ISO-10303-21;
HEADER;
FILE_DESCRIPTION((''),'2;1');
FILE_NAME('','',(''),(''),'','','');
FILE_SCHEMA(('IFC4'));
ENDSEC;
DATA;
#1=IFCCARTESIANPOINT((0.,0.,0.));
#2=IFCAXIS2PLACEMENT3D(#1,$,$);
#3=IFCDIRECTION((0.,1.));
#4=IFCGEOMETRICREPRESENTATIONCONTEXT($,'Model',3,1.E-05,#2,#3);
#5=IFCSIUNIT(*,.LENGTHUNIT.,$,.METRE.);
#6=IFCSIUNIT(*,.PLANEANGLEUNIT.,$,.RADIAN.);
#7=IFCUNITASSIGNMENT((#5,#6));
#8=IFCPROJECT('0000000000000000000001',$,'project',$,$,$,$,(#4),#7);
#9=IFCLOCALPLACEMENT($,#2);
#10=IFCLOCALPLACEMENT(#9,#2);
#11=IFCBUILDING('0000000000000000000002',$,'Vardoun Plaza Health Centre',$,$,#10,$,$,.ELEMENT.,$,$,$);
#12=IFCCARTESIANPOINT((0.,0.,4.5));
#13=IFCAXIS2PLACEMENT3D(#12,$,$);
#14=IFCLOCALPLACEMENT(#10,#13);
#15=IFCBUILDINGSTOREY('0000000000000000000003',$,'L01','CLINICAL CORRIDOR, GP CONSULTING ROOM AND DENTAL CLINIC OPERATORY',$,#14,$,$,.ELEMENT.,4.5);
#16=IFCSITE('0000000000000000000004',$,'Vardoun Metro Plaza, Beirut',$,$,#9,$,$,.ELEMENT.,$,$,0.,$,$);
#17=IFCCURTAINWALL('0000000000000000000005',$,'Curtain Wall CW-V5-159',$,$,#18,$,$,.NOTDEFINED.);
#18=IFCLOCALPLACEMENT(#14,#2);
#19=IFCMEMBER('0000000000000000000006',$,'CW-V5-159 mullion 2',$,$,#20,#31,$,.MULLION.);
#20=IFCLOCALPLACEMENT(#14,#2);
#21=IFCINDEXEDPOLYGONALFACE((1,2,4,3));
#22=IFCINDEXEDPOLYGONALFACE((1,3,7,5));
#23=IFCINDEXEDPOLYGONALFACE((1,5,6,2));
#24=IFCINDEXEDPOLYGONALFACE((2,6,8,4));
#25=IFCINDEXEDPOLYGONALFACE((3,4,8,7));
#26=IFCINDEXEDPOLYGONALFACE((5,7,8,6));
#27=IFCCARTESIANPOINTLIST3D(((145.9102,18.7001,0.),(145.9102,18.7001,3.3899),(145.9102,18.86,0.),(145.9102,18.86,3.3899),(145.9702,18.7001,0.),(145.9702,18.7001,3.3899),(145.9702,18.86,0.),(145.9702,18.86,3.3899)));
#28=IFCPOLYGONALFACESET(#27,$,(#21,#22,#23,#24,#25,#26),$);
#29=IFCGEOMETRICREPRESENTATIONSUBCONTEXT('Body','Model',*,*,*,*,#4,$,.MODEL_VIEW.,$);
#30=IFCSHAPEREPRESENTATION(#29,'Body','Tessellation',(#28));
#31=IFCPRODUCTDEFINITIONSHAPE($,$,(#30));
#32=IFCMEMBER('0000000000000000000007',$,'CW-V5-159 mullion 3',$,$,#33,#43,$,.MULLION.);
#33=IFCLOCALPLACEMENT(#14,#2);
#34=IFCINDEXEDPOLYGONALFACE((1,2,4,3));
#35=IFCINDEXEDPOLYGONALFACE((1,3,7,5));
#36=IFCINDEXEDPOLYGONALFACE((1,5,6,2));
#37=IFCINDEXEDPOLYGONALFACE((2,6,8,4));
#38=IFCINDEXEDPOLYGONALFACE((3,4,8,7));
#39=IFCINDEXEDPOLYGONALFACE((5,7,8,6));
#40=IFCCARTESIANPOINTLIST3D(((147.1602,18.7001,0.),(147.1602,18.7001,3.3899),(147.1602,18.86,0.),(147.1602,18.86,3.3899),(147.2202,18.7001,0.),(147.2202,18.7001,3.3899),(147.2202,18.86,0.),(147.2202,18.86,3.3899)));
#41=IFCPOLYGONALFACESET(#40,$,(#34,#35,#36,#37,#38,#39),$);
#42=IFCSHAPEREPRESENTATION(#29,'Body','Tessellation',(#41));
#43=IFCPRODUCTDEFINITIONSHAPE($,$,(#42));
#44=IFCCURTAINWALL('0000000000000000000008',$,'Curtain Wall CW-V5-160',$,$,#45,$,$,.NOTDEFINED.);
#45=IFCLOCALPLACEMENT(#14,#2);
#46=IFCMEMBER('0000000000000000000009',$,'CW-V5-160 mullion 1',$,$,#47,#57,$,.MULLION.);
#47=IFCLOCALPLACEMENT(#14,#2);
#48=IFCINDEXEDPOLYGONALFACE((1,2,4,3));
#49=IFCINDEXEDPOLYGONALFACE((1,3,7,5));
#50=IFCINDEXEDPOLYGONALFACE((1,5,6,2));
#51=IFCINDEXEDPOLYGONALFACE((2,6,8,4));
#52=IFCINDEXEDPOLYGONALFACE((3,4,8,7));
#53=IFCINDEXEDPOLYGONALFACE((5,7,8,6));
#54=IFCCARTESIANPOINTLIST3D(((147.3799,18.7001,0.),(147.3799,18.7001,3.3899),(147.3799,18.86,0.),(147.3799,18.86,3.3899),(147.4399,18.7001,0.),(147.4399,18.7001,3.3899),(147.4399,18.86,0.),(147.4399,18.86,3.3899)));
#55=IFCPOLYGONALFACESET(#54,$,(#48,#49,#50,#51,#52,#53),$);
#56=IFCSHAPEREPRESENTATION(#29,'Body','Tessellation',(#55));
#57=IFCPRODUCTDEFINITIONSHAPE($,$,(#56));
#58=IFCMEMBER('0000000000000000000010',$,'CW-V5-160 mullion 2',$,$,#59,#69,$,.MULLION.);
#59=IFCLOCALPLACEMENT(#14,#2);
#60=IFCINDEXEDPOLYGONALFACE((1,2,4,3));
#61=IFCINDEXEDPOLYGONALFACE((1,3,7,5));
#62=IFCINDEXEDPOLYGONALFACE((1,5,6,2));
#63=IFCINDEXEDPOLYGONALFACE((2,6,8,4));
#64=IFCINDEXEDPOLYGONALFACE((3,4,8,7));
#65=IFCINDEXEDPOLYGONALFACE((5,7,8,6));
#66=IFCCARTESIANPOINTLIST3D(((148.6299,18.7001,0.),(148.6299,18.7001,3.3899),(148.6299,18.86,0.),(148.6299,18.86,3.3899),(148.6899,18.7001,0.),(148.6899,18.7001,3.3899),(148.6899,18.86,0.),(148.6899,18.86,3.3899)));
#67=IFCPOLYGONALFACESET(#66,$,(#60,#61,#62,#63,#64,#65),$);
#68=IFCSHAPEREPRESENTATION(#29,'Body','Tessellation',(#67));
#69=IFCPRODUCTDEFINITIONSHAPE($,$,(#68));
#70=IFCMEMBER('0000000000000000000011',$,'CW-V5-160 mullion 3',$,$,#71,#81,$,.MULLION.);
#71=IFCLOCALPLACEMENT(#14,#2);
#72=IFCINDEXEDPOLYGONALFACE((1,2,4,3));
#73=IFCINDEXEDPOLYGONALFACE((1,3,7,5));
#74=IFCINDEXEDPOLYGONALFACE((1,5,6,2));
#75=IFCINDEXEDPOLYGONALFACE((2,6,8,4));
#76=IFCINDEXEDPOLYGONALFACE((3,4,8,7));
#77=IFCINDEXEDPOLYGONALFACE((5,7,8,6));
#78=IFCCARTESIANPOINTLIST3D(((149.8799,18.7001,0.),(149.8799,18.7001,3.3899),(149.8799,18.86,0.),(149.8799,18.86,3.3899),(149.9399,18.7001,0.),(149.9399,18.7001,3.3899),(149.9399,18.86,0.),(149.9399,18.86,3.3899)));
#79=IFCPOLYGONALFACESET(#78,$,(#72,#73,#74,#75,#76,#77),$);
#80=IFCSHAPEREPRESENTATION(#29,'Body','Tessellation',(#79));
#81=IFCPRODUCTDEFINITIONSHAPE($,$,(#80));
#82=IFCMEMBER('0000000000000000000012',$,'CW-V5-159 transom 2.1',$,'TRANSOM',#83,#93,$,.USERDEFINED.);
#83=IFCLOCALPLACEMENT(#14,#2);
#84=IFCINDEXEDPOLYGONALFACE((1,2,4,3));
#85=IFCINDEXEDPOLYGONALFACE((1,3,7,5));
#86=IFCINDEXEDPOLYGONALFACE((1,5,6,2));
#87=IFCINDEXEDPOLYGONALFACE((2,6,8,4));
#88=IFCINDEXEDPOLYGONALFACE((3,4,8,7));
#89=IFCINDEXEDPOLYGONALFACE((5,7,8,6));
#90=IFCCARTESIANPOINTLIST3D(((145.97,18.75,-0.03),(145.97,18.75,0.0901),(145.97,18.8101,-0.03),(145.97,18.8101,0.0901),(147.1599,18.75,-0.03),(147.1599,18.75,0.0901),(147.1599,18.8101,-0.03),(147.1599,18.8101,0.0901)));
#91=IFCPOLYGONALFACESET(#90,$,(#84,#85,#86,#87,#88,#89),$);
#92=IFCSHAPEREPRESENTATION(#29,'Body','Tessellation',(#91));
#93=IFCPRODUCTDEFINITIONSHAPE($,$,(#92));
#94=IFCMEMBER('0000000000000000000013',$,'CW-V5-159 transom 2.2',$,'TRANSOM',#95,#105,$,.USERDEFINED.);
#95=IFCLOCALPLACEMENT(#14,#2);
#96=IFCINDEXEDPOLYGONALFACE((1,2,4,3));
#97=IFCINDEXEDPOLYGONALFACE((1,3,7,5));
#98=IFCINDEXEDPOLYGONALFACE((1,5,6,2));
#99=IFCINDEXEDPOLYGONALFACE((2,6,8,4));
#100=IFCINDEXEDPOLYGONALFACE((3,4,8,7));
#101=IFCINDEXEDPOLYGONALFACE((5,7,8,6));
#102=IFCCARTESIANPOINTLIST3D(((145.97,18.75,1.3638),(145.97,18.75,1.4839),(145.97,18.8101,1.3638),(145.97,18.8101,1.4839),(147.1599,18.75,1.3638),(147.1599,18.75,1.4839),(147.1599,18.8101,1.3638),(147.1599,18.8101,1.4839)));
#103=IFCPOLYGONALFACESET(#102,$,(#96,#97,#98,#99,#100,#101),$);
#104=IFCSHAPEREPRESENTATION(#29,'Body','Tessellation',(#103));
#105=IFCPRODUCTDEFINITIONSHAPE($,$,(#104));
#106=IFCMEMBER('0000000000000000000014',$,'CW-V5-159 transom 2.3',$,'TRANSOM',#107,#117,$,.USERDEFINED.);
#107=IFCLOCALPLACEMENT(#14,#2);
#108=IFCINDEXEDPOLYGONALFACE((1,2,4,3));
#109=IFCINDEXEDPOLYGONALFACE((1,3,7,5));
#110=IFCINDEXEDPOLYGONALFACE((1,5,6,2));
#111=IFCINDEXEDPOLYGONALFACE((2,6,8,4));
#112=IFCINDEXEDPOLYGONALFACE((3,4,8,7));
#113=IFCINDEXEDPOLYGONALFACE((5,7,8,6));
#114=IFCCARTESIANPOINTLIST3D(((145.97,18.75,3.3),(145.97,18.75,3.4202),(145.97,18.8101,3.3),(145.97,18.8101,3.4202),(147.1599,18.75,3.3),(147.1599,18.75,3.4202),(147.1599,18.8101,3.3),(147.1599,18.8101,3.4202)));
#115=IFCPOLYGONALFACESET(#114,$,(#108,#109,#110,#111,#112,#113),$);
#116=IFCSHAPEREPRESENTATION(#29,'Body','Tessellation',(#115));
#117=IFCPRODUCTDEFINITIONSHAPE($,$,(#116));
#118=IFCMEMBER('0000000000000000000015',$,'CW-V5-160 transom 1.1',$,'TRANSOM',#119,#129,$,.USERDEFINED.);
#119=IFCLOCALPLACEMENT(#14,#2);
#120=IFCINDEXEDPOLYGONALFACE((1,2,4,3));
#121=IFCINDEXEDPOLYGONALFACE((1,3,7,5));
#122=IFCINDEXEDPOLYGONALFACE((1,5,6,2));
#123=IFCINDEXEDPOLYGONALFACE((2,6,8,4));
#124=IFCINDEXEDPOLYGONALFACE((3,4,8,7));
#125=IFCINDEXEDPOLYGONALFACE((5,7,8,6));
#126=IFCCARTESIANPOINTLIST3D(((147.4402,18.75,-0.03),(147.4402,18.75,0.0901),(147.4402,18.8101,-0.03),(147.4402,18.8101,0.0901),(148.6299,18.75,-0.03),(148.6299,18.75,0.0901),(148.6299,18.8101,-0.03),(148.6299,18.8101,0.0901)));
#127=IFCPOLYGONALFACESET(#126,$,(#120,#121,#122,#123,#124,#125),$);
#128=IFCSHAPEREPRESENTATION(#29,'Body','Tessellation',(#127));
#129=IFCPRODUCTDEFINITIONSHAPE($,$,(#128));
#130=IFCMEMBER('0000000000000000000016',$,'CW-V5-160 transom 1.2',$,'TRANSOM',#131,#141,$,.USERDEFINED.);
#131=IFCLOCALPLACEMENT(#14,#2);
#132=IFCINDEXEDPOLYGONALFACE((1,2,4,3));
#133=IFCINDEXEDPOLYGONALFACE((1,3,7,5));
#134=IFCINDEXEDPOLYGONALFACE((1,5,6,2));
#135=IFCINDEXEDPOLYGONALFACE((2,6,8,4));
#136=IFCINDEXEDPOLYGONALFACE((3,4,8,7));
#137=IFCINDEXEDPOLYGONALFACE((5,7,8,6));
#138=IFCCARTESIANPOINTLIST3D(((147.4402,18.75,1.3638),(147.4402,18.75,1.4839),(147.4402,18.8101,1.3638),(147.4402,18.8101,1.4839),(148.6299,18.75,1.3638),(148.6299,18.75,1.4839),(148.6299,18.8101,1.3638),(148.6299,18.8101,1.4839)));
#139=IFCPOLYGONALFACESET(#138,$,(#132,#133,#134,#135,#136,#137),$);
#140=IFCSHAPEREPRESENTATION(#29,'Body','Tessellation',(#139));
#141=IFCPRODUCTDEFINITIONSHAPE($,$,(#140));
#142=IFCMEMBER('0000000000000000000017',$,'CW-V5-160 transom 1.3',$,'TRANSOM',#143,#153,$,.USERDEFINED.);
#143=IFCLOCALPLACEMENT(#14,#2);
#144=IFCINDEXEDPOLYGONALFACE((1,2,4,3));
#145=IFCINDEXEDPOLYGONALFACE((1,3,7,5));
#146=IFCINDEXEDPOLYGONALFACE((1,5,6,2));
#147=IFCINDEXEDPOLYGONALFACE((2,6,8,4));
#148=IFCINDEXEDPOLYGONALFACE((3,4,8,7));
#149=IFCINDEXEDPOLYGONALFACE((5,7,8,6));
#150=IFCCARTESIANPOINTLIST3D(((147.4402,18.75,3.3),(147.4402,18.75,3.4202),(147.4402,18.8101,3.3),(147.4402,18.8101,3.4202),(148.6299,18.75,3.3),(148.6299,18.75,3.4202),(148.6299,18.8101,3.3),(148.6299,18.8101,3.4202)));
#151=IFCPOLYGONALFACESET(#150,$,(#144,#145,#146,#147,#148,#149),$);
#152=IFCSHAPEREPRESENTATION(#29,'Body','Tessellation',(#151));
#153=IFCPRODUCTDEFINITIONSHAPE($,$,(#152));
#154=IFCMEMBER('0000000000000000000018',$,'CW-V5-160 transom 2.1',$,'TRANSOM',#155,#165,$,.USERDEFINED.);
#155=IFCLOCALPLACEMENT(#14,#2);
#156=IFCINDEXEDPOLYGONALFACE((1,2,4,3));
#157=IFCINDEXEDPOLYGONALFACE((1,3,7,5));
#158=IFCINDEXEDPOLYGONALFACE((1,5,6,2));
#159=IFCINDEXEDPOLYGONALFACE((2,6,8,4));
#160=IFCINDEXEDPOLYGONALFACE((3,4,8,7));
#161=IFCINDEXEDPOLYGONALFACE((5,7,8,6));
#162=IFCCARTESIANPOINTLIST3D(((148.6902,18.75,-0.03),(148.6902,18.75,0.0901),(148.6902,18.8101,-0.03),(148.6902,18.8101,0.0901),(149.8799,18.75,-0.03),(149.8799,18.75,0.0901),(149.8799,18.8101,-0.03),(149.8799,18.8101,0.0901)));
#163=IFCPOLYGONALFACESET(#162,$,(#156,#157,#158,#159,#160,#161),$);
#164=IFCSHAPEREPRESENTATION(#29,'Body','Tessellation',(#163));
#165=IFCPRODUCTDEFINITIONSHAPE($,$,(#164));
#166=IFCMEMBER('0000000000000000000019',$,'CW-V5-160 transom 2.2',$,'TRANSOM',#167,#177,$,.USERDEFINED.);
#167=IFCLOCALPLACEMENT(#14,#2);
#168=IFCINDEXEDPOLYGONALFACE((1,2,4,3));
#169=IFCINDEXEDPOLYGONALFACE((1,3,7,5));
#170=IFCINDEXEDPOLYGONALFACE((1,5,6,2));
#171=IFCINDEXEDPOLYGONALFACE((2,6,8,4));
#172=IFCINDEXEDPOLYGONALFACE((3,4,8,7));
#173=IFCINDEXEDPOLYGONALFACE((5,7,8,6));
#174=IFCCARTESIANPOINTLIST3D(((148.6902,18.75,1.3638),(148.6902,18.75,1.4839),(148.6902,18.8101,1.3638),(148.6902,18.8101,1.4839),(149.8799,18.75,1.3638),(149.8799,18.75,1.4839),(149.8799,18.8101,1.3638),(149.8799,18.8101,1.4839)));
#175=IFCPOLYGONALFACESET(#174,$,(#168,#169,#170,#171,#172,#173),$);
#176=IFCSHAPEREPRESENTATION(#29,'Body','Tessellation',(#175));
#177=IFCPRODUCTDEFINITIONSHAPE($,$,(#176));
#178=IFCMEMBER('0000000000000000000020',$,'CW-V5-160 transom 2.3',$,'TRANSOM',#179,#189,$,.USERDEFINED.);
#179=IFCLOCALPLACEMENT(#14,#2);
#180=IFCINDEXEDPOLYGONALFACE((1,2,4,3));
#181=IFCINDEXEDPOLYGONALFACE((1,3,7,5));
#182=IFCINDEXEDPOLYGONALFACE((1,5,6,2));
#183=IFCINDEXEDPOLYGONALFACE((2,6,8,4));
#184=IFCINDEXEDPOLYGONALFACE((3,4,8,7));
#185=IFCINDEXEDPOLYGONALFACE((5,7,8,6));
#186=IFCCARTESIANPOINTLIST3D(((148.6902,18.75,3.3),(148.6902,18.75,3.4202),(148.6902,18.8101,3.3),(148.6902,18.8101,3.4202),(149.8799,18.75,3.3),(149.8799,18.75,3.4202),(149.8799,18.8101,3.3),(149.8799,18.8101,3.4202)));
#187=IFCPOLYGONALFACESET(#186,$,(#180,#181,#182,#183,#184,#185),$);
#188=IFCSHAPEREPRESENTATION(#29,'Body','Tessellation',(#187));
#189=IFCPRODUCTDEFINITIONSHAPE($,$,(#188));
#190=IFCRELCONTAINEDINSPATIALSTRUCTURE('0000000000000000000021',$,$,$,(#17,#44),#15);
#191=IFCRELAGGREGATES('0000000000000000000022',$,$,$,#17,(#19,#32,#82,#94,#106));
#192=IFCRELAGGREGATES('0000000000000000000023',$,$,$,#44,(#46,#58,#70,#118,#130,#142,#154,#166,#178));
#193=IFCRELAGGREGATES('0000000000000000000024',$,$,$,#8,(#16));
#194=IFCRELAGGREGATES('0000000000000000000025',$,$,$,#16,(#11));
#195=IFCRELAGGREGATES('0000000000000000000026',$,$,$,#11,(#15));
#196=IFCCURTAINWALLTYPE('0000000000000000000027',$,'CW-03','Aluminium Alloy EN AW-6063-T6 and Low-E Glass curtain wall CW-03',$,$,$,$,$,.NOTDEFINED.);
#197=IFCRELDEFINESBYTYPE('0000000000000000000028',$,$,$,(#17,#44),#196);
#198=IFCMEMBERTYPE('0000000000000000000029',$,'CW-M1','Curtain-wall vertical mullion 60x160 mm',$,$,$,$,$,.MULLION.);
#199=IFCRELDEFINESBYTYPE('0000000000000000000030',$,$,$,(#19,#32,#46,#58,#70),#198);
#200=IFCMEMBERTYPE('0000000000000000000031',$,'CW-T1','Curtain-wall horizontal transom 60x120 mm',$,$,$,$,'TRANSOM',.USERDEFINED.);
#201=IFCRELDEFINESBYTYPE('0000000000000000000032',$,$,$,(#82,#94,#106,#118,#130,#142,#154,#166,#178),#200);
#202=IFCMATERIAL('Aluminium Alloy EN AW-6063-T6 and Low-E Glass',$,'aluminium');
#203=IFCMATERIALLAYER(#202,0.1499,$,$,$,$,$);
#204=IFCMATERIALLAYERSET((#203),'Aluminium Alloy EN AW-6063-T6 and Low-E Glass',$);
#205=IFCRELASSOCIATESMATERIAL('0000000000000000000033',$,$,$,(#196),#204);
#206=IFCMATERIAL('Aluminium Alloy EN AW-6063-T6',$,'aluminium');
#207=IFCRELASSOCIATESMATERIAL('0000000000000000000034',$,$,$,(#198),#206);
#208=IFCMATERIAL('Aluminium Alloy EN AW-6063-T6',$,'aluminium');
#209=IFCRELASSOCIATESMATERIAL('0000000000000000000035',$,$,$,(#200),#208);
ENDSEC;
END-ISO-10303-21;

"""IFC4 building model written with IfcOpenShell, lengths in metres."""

from ifc_helpers import new_model, si_unit, direction, frame, origin, origin_2d, place, context, subcontext, project, spatial, rectangle, extrude, material, layer, layer_set, material_profile, profile_set, type_object, element, aggregate, save


model = new_model("IFC4")

# Units and contexts
model_context = context("Model", 3, precision=1e-05, world=origin(), true_north=direction((0.0, 1.0)))
body_context = subcontext(model_context, "Body", "Model", "MODEL_VIEW")
ifc_project = project(units=[si_unit("LENGTHUNIT", "METRE"), si_unit("PLANEANGLEUNIT", "RADIAN")], contexts=[model_context])

# Site, building, storey
site_placement = place(None, origin())
site = spatial("IfcSite", under=ifc_project, at=site_placement, Name="Vardoun Metro Plaza, Beirut", CompositionType="ELEMENT", RefElevation=0.0)
building_placement = place(site_placement, origin())
building = spatial("IfcBuilding", under=site, at=building_placement, Name="Vardoun Plaza Health Centre", CompositionType="ELEMENT")
storey_placement = place(building_placement, frame((0.0, 0.0, 4.5)))
storey = spatial("IfcBuildingStorey", under=building, at=storey_placement, Name="L01", Description="CLINICAL CORRIDOR, GP CONSULTING ROOM AND DENTAL CLINIC OPERATORY", CompositionType="ELEMENT", Elevation=4.5)

# Curtain walls, members
ifc_material_1 = material(Name="Aluminium Alloy EN AW-6063-T6 and Low-E Glass", Category="aluminium")
ifc_layer_1 = layer(ifc_material_1, 0.1499)
ifc_layer_set_1 = layer_set([ifc_layer_1], Name="Aluminium Alloy EN AW-6063-T6 and Low-E Glass")
curtain_wall_type = type_object("IfcCurtainWallType", Name="CW-03", Description="Aluminium Alloy EN AW-6063-T6 and Low-E Glass curtain wall CW-03", PredefinedType="NOTDEFINED", material=ifc_layer_set_1)
curtain_wall_1_placement = place(storey_placement, origin())
curtain_wall_1 = element("IfcCurtainWall", 1, at=curtain_wall_1_placement, inside=storey, type_object=curtain_wall_type, Name="Curtain Wall CW-V5-159", PredefinedType="NOTDEFINED")
ifc_material_2 = material(Name="Aluminium Alloy EN AW-6063-T6", Category="aluminium")
ifc_material_profile_1 = material_profile(ifc_material_2, rectangle(XDim=0.1599, YDim=0.0601, at=origin_2d()), Name="CWM 60x160")
ifc_profile_set_1 = profile_set([ifc_material_profile_1], Name="Aluminium Alloy EN AW-6063-T6")
member_type_1 = type_object("IfcMemberType", Name="CW-M1", Description="Curtain-wall vertical mullion 60x160 mm", PredefinedType="MULLION", material=ifc_profile_set_1)
member_1_placement = place(storey_placement, frame((145.9402, 18.78, 0.0), z_axis=(0.0, 0.0, 1.0), x_axis=(0.0, 1.0, 0.0)))
member_1 = element("IfcMember", 2, at=member_1_placement, type_object=member_type_1, Name="CW-V5-159 mullion 2", PredefinedType="MULLION", context=body_context, shape_type="SweptSolid", body=[
    extrude(rectangle(XDim=0.1599, YDim=0.0601, at=origin_2d()), origin(), (0.0, 0.0, 1.0), 3.3899),
])
member_2_placement = place(storey_placement, frame((147.1902, 18.78, 0.0), z_axis=(0.0, 0.0, 1.0), x_axis=(0.0, 1.0, 0.0)))
member_2 = element("IfcMember", 3, at=member_2_placement, type_object=member_type_1, Name="CW-V5-159 mullion 3", PredefinedType="MULLION", context=body_context, shape_type="SweptSolid", body=[
    extrude(rectangle(XDim=0.1599, YDim=0.0601, at=origin_2d()), origin(), (0.0, 0.0, 1.0), 3.3899),
])
curtain_wall_2_placement = place(storey_placement, origin())
curtain_wall_2 = element("IfcCurtainWall", 4, at=curtain_wall_2_placement, inside=storey, type_object=curtain_wall_type, Name="Curtain Wall CW-V5-160", PredefinedType="NOTDEFINED")
member_3_placement = place(storey_placement, frame((147.4099, 18.78, 0.0), z_axis=(0.0, 0.0, 1.0), x_axis=(0.0, 1.0, 0.0)))
member_3 = element("IfcMember", 5, at=member_3_placement, type_object=member_type_1, Name="CW-V5-160 mullion 1", PredefinedType="MULLION", context=body_context, shape_type="SweptSolid", body=[
    extrude(rectangle(XDim=0.1599, YDim=0.0601, at=origin_2d()), origin(), (0.0, 0.0, 1.0), 3.3899),
])
member_4_placement = place(storey_placement, frame((148.6599, 18.78, 0.0), z_axis=(0.0, 0.0, 1.0), x_axis=(0.0, 1.0, 0.0)))
member_4 = element("IfcMember", 6, at=member_4_placement, type_object=member_type_1, Name="CW-V5-160 mullion 2", PredefinedType="MULLION", context=body_context, shape_type="SweptSolid", body=[
    extrude(rectangle(XDim=0.1599, YDim=0.0601, at=origin_2d()), origin(), (0.0, 0.0, 1.0), 3.3899),
])
member_5_placement = place(storey_placement, frame((149.9099, 18.78, 0.0), z_axis=(0.0, 0.0, 1.0), x_axis=(0.0, 1.0, 0.0)))
member_5 = element("IfcMember", 7, at=member_5_placement, type_object=member_type_1, Name="CW-V5-160 mullion 3", PredefinedType="MULLION", context=body_context, shape_type="SweptSolid", body=[
    extrude(rectangle(XDim=0.1599, YDim=0.0601, at=origin_2d()), origin(), (0.0, 0.0, 1.0), 3.3899),
])

# Members
ifc_material_3 = material(Name="Aluminium Alloy EN AW-6063-T6", Category="aluminium")
ifc_material_profile_2 = material_profile(ifc_material_3, rectangle(XDim=0.0601, YDim=0.1201, at=origin_2d()), Name="CWT 60x120")
ifc_profile_set_2 = profile_set([ifc_material_profile_2], Name="Aluminium Alloy EN AW-6063-T6")
member_type_2 = type_object("IfcMemberType", Name="CW-T1", Description="Curtain-wall horizontal transom 60x120 mm", ElementType="TRANSOM", PredefinedType="USERDEFINED", material=ifc_profile_set_2)
member_6_placement = place(storey_placement, frame((145.97, 18.78, 0.03), z_axis=(1.0, 0.0, 0.0), x_axis=(0.0, 1.0, 0.0)))
member_6 = element("IfcMember", 8, at=member_6_placement, type_object=member_type_2, Name="CW-V5-159 transom 2.1", ObjectType="TRANSOM", PredefinedType="USERDEFINED", context=body_context, shape_type="SweptSolid", body=[
    extrude(rectangle(XDim=0.0601, YDim=0.1201, at=origin_2d()), origin(), (0.0, 0.0, 1.0), 1.1899),
])
member_7_placement = place(storey_placement, frame((145.97, 18.78, 1.4238), z_axis=(1.0, 0.0, 0.0), x_axis=(0.0, 1.0, 0.0)))
member_7 = element("IfcMember", 9, at=member_7_placement, type_object=member_type_2, Name="CW-V5-159 transom 2.2", ObjectType="TRANSOM", PredefinedType="USERDEFINED", context=body_context, shape_type="SweptSolid", body=[
    extrude(rectangle(XDim=0.0601, YDim=0.1201, at=origin_2d()), origin(), (0.0, 0.0, 1.0), 1.1899),
])
member_8_placement = place(storey_placement, frame((145.97, 18.78, 3.3601), z_axis=(1.0, 0.0, 0.0), x_axis=(0.0, 1.0, 0.0)))
member_8 = element("IfcMember", 10, at=member_8_placement, type_object=member_type_2, Name="CW-V5-159 transom 2.3", ObjectType="TRANSOM", PredefinedType="USERDEFINED", context=body_context, shape_type="SweptSolid", body=[
    extrude(rectangle(XDim=0.0601, YDim=0.1201, at=origin_2d()), origin(), (0.0, 0.0, 1.0), 1.1899),
])
member_9_placement = place(storey_placement, frame((147.4402, 18.78, 0.03), z_axis=(1.0, 0.0, 0.0), x_axis=(0.0, 1.0, 0.0)))
member_9 = element("IfcMember", 11, at=member_9_placement, type_object=member_type_2, Name="CW-V5-160 transom 1.1", ObjectType="TRANSOM", PredefinedType="USERDEFINED", context=body_context, shape_type="SweptSolid", body=[
    extrude(rectangle(XDim=0.0601, YDim=0.1201, at=origin_2d()), origin(), (0.0, 0.0, 1.0), 1.1897),
])
member_10_placement = place(storey_placement, frame((147.4402, 18.78, 1.4238), z_axis=(1.0, 0.0, 0.0), x_axis=(0.0, 1.0, 0.0)))
member_10 = element("IfcMember", 12, at=member_10_placement, type_object=member_type_2, Name="CW-V5-160 transom 1.2", ObjectType="TRANSOM", PredefinedType="USERDEFINED", context=body_context, shape_type="SweptSolid", body=[
    extrude(rectangle(XDim=0.0601, YDim=0.1201, at=origin_2d()), origin(), (0.0, 0.0, 1.0), 1.1897),
])
member_11_placement = place(storey_placement, frame((147.4402, 18.78, 3.3601), z_axis=(1.0, 0.0, 0.0), x_axis=(0.0, 1.0, 0.0)))
member_11 = element("IfcMember", 13, at=member_11_placement, type_object=member_type_2, Name="CW-V5-160 transom 1.3", ObjectType="TRANSOM", PredefinedType="USERDEFINED", context=body_context, shape_type="SweptSolid", body=[
    extrude(rectangle(XDim=0.0601, YDim=0.1201, at=origin_2d()), origin(), (0.0, 0.0, 1.0), 1.1897),
])
member_12_placement = place(storey_placement, frame((148.6902, 18.78, 0.03), z_axis=(1.0, 0.0, 0.0), x_axis=(0.0, 1.0, 0.0)))
member_12 = element("IfcMember", 14, at=member_12_placement, type_object=member_type_2, Name="CW-V5-160 transom 2.1", ObjectType="TRANSOM", PredefinedType="USERDEFINED", context=body_context, shape_type="SweptSolid", body=[
    extrude(rectangle(XDim=0.0601, YDim=0.1201, at=origin_2d()), origin(), (0.0, 0.0, 1.0), 1.1897),
])
member_13_placement = place(storey_placement, frame((148.6902, 18.78, 1.4238), z_axis=(1.0, 0.0, 0.0), x_axis=(0.0, 1.0, 0.0)))
member_13 = element("IfcMember", 15, at=member_13_placement, type_object=member_type_2, Name="CW-V5-160 transom 2.2", ObjectType="TRANSOM", PredefinedType="USERDEFINED", context=body_context, shape_type="SweptSolid", body=[
    extrude(rectangle(XDim=0.0601, YDim=0.1201, at=origin_2d()), origin(), (0.0, 0.0, 1.0), 1.1897),
])
member_14_placement = place(storey_placement, frame((148.6902, 18.78, 3.3601), z_axis=(1.0, 0.0, 0.0), x_axis=(0.0, 1.0, 0.0)))
member_14 = element("IfcMember", 16, at=member_14_placement, type_object=member_type_2, Name="CW-V5-160 transom 2.3", ObjectType="TRANSOM", PredefinedType="USERDEFINED", context=body_context, shape_type="SweptSolid", body=[
    extrude(rectangle(XDim=0.0601, YDim=0.1201, at=origin_2d()), origin(), (0.0, 0.0, 1.0), 1.1897),
])

aggregate(curtain_wall_1, [member_1, member_2, member_6, member_7, member_8])
aggregate(curtain_wall_2, [member_3, member_4, member_5, member_9, member_10, member_11, member_12, member_13, member_14])

save(model, "model.ifc")
